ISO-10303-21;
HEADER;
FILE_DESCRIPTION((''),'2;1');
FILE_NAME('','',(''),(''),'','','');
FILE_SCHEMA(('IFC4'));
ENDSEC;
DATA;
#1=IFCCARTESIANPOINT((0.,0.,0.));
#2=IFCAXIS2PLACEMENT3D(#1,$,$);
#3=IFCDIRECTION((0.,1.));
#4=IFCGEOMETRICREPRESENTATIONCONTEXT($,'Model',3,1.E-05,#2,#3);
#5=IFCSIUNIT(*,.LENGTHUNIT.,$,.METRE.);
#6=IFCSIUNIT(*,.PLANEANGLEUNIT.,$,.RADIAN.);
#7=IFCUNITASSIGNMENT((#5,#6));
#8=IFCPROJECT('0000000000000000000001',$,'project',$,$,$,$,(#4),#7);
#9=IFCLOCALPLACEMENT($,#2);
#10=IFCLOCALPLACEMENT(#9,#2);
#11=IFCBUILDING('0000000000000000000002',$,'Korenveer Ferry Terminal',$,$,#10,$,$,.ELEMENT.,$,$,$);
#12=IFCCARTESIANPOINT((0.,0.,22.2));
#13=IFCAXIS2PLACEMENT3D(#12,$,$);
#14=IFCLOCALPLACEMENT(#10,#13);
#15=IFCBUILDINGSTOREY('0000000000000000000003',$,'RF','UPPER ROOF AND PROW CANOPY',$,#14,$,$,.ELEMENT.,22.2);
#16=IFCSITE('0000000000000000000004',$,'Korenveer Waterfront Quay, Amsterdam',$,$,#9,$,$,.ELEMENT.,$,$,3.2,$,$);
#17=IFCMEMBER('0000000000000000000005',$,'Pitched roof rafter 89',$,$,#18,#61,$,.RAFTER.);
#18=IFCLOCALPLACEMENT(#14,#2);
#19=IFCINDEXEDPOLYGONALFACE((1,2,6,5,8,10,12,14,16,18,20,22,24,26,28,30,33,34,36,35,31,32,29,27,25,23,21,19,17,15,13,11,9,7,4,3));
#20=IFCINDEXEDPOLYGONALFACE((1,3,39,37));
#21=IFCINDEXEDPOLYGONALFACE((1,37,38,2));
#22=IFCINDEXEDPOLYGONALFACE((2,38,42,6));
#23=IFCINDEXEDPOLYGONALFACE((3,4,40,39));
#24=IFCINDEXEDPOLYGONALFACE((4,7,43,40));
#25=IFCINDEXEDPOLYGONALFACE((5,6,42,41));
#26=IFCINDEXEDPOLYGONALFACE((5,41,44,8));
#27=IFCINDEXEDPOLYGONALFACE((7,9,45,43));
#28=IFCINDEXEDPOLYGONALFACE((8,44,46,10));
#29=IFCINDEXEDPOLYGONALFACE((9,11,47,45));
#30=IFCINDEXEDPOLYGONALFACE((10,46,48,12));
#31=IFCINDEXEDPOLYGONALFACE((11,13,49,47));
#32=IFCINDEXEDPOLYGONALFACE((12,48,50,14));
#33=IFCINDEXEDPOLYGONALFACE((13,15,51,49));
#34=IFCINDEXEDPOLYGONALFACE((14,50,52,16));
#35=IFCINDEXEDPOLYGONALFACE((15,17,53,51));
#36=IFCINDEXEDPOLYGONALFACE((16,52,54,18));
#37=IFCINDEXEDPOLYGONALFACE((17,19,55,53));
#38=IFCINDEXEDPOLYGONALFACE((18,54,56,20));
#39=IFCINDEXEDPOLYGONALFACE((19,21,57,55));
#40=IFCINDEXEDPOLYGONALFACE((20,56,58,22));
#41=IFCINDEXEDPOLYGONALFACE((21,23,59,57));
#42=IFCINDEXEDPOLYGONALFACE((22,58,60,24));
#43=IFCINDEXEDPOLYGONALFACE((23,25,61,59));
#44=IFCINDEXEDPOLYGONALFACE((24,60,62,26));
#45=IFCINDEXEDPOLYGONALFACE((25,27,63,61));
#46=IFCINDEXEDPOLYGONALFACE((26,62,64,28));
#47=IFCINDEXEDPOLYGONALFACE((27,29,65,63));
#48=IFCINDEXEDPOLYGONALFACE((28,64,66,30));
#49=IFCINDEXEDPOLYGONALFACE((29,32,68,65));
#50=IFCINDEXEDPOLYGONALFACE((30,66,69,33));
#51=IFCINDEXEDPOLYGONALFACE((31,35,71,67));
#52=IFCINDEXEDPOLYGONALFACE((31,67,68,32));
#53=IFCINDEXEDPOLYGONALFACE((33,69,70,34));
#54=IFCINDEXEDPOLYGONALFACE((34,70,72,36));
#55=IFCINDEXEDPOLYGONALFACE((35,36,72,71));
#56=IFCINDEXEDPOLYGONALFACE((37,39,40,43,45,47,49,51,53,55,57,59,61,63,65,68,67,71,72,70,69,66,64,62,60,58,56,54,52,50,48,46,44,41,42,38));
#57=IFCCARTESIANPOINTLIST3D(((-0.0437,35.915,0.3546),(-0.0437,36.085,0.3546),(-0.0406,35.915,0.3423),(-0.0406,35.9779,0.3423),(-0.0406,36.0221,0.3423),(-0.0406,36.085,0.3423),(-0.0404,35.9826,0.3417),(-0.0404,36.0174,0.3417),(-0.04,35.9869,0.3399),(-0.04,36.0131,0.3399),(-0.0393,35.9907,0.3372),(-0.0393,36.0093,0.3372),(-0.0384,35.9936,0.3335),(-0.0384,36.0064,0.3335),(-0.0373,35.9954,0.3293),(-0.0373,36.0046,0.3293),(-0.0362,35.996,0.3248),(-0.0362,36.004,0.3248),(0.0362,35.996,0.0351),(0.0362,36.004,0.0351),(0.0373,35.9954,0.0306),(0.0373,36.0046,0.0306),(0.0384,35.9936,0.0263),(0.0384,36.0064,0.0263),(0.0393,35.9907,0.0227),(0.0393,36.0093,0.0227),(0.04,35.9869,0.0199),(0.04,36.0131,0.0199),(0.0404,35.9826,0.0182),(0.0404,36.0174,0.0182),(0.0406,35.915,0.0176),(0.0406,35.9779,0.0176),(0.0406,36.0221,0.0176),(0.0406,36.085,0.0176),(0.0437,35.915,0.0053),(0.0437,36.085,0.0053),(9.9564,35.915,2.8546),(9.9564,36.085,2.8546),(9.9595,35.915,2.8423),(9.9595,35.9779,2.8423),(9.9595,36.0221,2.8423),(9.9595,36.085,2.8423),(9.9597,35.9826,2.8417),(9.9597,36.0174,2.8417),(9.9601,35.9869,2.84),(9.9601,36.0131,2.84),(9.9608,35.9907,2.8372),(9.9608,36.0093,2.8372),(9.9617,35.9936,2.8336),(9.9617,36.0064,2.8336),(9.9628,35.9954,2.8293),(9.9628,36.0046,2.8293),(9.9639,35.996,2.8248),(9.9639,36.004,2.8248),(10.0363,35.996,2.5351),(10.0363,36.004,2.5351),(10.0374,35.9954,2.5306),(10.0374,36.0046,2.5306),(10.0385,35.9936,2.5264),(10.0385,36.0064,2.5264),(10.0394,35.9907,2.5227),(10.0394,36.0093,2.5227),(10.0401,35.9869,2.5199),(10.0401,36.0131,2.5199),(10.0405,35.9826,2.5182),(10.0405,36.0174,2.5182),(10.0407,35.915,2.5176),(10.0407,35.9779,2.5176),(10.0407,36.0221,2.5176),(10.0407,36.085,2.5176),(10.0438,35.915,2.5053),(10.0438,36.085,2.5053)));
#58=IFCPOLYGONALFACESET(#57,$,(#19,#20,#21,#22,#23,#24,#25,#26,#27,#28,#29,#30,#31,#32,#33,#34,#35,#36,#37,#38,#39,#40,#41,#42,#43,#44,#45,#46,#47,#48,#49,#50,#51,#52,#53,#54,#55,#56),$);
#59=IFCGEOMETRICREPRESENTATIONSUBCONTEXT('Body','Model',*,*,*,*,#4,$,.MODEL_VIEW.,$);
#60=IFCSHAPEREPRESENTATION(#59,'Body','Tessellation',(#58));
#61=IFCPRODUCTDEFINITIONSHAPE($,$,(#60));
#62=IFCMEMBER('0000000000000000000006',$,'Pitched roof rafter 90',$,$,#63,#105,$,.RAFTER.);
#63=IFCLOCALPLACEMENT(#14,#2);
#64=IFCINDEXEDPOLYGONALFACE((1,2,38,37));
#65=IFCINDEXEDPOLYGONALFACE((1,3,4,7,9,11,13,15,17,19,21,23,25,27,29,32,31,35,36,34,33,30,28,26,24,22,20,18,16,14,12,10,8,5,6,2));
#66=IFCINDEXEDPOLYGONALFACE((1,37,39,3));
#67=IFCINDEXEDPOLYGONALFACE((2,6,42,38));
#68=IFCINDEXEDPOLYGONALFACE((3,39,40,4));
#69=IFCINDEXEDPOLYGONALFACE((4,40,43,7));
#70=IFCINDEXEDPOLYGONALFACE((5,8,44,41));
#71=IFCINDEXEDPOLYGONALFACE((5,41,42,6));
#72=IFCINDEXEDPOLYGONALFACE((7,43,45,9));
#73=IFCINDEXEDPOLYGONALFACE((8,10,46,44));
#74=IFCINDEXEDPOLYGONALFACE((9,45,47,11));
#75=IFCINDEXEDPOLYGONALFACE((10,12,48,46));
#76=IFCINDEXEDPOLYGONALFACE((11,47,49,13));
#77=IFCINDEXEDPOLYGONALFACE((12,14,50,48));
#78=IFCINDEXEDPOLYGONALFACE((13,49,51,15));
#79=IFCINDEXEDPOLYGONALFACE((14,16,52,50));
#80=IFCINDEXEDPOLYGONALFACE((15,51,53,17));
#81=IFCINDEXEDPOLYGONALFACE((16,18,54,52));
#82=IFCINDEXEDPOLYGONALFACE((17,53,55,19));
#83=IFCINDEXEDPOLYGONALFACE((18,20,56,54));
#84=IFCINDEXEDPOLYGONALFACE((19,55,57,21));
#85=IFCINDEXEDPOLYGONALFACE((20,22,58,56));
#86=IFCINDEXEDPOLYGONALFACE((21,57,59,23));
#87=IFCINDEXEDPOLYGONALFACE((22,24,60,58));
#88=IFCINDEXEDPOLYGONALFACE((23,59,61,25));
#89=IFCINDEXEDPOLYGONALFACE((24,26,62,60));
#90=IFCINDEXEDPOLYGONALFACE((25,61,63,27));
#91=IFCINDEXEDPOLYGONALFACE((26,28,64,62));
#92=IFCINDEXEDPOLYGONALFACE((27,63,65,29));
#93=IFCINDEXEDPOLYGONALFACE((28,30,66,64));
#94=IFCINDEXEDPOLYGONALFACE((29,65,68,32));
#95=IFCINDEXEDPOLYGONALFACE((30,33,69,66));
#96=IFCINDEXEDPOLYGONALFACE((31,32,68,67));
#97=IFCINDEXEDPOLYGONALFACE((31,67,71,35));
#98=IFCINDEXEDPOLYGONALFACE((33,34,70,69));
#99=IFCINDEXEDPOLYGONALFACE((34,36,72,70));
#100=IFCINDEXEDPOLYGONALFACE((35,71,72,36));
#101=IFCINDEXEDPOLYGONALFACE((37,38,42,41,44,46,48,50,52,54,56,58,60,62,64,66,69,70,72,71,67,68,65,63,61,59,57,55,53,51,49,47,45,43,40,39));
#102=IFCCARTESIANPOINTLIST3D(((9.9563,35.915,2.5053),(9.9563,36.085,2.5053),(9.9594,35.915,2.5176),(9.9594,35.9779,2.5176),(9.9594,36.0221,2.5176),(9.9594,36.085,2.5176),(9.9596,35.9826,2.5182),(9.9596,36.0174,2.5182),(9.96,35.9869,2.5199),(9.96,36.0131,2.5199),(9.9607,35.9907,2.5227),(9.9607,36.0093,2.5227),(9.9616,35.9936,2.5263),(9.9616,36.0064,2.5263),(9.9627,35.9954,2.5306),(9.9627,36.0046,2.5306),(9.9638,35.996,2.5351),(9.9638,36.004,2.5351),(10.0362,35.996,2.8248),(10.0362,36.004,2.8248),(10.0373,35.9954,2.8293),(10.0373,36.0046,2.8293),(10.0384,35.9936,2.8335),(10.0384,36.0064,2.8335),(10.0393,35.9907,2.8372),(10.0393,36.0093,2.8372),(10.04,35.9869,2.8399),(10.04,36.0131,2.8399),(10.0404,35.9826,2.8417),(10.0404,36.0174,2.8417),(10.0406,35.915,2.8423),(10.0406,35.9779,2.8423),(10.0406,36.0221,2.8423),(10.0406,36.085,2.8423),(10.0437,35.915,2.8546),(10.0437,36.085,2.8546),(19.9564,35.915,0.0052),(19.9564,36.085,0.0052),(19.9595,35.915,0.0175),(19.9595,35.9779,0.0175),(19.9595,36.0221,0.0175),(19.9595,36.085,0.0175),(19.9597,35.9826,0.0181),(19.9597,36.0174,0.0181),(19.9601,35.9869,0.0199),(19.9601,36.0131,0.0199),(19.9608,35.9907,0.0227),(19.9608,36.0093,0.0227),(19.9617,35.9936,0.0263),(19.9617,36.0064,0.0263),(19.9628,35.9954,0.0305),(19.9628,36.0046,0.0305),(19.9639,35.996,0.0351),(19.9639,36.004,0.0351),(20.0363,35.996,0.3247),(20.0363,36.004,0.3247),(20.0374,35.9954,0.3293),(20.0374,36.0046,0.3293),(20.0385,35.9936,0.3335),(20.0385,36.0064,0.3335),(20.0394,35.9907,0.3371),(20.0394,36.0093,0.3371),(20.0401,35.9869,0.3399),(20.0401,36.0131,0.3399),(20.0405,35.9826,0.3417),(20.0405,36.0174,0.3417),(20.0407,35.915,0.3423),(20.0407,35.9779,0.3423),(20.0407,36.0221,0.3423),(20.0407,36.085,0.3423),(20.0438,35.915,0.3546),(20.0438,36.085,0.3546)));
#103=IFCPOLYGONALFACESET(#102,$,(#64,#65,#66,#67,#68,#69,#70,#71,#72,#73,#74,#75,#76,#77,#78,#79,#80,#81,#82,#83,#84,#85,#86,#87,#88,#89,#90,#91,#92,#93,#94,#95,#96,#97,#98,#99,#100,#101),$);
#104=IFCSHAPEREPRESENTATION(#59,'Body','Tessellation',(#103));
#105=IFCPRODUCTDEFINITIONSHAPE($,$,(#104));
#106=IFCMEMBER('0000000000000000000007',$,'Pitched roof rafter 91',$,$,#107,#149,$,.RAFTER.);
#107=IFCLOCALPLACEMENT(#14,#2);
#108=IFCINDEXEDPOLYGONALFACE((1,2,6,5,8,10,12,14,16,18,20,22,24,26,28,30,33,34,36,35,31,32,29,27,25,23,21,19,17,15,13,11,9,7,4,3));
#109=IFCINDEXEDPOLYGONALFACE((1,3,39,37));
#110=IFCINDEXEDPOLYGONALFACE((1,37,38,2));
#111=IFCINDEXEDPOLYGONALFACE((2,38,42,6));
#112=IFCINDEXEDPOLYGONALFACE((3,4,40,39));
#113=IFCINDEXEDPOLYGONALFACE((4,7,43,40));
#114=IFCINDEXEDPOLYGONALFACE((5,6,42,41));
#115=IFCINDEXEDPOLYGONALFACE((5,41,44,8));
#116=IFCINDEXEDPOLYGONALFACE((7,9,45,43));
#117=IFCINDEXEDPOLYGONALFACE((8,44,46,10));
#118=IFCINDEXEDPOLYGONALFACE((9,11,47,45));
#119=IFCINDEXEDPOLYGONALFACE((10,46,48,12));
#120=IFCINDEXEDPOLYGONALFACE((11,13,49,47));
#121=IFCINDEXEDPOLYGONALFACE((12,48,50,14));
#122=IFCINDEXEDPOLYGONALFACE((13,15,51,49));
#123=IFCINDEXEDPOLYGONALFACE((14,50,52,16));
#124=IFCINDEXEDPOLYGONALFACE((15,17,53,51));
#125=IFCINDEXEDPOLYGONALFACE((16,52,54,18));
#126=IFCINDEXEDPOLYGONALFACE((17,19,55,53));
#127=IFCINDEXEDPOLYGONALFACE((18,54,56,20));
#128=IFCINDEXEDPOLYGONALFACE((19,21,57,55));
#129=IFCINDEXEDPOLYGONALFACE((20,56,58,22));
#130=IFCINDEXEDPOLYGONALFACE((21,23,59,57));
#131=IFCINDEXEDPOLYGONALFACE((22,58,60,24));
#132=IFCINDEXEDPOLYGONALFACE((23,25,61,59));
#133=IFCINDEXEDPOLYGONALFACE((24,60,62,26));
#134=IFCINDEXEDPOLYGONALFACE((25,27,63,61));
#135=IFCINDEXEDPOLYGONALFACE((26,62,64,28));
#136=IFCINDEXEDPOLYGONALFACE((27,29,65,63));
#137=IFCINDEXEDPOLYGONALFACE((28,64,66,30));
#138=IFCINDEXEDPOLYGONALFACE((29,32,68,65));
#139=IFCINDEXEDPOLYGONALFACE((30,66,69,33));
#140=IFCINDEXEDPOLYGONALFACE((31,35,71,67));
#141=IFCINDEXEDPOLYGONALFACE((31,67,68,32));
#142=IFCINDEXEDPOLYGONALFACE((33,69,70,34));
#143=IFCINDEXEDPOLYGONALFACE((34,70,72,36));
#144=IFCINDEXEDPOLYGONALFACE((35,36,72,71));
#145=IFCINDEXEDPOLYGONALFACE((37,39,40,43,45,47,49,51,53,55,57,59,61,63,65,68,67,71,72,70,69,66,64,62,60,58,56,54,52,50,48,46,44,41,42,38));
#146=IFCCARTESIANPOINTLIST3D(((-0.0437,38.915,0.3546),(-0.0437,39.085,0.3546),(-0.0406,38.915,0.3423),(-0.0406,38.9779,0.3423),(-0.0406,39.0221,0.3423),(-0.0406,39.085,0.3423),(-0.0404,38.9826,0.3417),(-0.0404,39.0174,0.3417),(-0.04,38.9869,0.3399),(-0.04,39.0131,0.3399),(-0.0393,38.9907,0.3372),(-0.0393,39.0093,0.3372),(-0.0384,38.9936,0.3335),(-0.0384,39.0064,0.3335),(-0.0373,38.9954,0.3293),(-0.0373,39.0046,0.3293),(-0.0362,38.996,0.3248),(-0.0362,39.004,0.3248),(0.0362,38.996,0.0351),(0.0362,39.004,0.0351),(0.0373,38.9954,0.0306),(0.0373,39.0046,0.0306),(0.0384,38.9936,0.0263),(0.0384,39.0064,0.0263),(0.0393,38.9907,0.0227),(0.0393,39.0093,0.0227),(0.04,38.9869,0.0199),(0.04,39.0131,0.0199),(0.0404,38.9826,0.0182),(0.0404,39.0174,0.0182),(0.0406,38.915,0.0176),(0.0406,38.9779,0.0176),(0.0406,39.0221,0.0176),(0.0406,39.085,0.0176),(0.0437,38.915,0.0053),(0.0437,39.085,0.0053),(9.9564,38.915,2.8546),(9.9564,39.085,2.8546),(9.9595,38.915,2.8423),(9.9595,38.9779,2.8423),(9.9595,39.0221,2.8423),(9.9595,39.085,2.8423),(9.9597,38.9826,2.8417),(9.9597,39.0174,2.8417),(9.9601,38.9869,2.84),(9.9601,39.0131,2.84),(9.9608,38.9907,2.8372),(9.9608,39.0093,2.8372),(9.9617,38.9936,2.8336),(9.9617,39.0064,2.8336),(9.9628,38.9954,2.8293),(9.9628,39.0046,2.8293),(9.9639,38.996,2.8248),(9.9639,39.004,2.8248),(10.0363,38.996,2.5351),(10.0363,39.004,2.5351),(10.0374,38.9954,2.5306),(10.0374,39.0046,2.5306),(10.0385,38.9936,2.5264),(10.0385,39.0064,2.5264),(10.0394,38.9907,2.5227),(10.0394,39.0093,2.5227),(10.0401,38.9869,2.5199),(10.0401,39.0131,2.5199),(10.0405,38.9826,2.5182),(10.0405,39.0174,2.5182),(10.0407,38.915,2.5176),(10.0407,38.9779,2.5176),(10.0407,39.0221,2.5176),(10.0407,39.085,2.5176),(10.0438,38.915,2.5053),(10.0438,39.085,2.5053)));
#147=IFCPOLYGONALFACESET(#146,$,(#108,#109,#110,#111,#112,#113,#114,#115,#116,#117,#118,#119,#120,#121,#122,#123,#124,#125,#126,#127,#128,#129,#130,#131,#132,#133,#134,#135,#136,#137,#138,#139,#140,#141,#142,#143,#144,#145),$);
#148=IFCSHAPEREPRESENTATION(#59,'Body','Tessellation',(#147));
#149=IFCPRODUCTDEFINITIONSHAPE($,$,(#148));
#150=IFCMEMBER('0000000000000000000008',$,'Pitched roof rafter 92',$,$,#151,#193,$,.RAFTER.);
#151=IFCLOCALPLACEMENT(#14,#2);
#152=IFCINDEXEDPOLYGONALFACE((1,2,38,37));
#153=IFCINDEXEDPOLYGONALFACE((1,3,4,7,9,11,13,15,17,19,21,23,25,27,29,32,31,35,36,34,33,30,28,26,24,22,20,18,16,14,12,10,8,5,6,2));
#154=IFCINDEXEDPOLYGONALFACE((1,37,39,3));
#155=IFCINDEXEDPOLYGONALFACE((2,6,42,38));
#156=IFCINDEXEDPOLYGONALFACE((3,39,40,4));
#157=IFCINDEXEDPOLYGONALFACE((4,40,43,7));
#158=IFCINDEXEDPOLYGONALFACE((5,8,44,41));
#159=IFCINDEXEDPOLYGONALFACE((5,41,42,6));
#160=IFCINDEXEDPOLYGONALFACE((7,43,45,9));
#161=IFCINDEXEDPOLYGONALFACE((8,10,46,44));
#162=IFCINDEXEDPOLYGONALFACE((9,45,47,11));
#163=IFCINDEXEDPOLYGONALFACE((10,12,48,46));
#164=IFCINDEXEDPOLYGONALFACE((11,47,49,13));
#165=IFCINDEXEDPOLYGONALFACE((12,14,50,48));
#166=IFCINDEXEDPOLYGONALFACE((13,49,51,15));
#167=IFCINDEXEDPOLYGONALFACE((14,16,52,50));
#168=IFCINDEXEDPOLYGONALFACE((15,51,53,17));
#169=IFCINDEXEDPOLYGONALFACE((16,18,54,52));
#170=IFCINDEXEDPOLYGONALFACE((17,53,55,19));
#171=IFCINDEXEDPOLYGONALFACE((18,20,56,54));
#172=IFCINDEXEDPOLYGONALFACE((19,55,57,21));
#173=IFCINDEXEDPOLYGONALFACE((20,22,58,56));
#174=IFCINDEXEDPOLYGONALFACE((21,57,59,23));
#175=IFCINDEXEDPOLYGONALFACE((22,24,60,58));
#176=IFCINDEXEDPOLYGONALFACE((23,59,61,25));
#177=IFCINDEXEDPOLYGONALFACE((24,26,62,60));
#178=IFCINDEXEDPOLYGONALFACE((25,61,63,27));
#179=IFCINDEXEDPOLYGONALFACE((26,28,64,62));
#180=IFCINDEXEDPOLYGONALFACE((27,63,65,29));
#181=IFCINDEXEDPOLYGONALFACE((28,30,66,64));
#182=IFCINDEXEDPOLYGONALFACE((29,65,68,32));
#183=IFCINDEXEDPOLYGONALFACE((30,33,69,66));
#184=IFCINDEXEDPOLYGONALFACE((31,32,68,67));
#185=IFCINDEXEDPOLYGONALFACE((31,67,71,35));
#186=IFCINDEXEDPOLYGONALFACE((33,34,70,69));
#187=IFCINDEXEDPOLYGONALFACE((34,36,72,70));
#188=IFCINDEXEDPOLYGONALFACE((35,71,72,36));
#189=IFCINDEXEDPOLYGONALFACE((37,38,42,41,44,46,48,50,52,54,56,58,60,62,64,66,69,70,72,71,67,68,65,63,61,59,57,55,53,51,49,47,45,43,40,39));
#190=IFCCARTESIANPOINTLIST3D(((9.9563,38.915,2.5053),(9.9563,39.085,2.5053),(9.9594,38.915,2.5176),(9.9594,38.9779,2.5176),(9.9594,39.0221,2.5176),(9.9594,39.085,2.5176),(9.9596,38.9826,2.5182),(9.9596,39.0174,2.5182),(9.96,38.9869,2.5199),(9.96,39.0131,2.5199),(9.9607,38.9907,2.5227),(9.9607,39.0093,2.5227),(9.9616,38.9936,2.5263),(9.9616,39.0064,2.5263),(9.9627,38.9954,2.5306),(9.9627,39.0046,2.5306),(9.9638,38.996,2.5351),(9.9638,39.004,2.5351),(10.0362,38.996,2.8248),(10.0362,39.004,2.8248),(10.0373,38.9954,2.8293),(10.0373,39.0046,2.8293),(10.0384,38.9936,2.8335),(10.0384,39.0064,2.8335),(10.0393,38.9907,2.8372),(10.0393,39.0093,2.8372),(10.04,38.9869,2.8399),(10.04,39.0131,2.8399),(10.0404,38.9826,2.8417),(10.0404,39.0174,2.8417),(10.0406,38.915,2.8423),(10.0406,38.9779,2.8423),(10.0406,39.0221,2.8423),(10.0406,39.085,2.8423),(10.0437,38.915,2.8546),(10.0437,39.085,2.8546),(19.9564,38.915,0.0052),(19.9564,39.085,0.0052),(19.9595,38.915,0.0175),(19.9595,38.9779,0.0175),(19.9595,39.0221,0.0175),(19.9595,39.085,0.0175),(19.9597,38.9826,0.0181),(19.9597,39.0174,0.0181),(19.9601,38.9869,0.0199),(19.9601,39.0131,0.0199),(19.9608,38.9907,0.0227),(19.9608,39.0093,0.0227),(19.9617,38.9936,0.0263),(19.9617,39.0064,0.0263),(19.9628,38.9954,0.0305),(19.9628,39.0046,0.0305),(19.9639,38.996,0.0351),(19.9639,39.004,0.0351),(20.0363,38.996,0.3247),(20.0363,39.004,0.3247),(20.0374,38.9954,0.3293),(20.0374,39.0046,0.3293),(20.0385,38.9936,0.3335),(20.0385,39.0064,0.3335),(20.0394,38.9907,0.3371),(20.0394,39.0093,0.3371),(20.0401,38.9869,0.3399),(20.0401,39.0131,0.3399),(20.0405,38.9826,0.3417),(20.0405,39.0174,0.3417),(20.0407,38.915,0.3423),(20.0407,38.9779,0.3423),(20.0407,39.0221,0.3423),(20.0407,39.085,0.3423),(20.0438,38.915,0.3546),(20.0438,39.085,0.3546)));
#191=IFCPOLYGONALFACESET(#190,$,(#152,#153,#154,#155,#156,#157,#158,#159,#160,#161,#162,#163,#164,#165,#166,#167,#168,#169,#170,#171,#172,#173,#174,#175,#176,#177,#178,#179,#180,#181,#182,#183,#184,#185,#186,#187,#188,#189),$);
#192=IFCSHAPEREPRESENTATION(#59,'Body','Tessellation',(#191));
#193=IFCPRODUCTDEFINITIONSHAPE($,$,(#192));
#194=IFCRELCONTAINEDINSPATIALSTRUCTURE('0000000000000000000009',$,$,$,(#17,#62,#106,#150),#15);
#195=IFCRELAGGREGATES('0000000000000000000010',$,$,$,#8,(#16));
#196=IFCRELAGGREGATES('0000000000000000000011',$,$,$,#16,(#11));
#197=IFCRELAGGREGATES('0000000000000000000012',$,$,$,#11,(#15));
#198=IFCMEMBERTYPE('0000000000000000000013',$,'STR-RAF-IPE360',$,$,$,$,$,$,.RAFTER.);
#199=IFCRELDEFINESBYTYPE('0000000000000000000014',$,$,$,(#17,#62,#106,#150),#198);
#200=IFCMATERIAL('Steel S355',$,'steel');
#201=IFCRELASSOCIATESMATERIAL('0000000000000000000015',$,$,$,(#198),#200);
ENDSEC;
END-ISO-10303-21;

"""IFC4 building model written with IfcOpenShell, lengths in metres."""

from ifc_helpers import new_model, si_unit, direction, frame, origin, origin_2d, place, context, subcontext, project, spatial, i_section, extrude, material, material_profile, profile_set, type_object, element, save


model = new_model("IFC4")

# Units and contexts
model_context = context("Model", 3, precision=1e-05, world=origin(), true_north=direction((0.0, 1.0)))
body_context = subcontext(model_context, "Body", "Model", "MODEL_VIEW")
ifc_project = project(units=[si_unit("LENGTHUNIT", "METRE"), si_unit("PLANEANGLEUNIT", "RADIAN")], contexts=[model_context])

# Site, building, storey
site_placement = place(None, origin())
site = spatial("IfcSite", under=ifc_project, at=site_placement, Name="Korenveer Waterfront Quay, Amsterdam", CompositionType="ELEMENT", RefElevation=3.2)
building_placement = place(site_placement, origin())
building = spatial("IfcBuilding", under=site, at=building_placement, Name="Korenveer Ferry Terminal", CompositionType="ELEMENT")
storey_placement = place(building_placement, frame((0.0, 0.0, 22.2)))
storey = spatial("IfcBuildingStorey", under=building, at=storey_placement, Name="RF", Description="UPPER ROOF AND PROW CANOPY", CompositionType="ELEMENT", Elevation=22.2)

# Shared definitions
ifc_material_1 = material(Name="Steel S355", Category="steel")

# Members
ifc_material_profile_1 = material_profile(ifc_material_1, i_section(OverallWidth=0.1699, OverallDepth=0.3601, WebThickness=0.0081, FlangeThickness=0.0127, FilletRadius=0.0181, at=origin_2d()), Name="IPE 360")
ifc_profile_set_1 = profile_set([ifc_material_profile_1], Name="Steel S355")
member_type_1 = type_object("IfcMemberType", Name="STR-RAF-IPE360", PredefinedType="RAFTER", material=ifc_profile_set_1)
for number, where, z_axis, x_axis, name in (
    (1, (0.0, 36.0, 0.1799), (0.970143, 0.0, 0.242536), (0.0, 1.0, 0.0), "Pitched roof rafter 89"),
    (2, (10.0, 36.0, 2.6799), (0.970143, 0.0, -0.242536), (0.0, 1.0, 0.0), "Pitched roof rafter 90"),
    (3, (0.0, 39.0, 0.1799), (0.970143, 0.0, 0.242536), (0.0, 1.0, 0.0), "Pitched roof rafter 91"),
    (4, (10.0, 39.0, 2.6799), (0.970143, 0.0, -0.242536), (0.0, 1.0, 0.0), "Pitched roof rafter 92"),
):
    element("IfcMember", number, at=place(storey_placement, frame(where, z_axis=z_axis, x_axis=x_axis)), inside=storey, type_object=member_type_1, Name=name, PredefinedType="RAFTER", context=body_context, shape_type="SweptSolid", body=[
        extrude(i_section(OverallWidth=0.1699, OverallDepth=0.3601, WebThickness=0.0081, FlangeThickness=0.0127, FilletRadius=0.0181, at=origin_2d()), origin(), (0.0, 0.0, 1.0), 10.3079),
    ])

save(model, "model.ifc")
